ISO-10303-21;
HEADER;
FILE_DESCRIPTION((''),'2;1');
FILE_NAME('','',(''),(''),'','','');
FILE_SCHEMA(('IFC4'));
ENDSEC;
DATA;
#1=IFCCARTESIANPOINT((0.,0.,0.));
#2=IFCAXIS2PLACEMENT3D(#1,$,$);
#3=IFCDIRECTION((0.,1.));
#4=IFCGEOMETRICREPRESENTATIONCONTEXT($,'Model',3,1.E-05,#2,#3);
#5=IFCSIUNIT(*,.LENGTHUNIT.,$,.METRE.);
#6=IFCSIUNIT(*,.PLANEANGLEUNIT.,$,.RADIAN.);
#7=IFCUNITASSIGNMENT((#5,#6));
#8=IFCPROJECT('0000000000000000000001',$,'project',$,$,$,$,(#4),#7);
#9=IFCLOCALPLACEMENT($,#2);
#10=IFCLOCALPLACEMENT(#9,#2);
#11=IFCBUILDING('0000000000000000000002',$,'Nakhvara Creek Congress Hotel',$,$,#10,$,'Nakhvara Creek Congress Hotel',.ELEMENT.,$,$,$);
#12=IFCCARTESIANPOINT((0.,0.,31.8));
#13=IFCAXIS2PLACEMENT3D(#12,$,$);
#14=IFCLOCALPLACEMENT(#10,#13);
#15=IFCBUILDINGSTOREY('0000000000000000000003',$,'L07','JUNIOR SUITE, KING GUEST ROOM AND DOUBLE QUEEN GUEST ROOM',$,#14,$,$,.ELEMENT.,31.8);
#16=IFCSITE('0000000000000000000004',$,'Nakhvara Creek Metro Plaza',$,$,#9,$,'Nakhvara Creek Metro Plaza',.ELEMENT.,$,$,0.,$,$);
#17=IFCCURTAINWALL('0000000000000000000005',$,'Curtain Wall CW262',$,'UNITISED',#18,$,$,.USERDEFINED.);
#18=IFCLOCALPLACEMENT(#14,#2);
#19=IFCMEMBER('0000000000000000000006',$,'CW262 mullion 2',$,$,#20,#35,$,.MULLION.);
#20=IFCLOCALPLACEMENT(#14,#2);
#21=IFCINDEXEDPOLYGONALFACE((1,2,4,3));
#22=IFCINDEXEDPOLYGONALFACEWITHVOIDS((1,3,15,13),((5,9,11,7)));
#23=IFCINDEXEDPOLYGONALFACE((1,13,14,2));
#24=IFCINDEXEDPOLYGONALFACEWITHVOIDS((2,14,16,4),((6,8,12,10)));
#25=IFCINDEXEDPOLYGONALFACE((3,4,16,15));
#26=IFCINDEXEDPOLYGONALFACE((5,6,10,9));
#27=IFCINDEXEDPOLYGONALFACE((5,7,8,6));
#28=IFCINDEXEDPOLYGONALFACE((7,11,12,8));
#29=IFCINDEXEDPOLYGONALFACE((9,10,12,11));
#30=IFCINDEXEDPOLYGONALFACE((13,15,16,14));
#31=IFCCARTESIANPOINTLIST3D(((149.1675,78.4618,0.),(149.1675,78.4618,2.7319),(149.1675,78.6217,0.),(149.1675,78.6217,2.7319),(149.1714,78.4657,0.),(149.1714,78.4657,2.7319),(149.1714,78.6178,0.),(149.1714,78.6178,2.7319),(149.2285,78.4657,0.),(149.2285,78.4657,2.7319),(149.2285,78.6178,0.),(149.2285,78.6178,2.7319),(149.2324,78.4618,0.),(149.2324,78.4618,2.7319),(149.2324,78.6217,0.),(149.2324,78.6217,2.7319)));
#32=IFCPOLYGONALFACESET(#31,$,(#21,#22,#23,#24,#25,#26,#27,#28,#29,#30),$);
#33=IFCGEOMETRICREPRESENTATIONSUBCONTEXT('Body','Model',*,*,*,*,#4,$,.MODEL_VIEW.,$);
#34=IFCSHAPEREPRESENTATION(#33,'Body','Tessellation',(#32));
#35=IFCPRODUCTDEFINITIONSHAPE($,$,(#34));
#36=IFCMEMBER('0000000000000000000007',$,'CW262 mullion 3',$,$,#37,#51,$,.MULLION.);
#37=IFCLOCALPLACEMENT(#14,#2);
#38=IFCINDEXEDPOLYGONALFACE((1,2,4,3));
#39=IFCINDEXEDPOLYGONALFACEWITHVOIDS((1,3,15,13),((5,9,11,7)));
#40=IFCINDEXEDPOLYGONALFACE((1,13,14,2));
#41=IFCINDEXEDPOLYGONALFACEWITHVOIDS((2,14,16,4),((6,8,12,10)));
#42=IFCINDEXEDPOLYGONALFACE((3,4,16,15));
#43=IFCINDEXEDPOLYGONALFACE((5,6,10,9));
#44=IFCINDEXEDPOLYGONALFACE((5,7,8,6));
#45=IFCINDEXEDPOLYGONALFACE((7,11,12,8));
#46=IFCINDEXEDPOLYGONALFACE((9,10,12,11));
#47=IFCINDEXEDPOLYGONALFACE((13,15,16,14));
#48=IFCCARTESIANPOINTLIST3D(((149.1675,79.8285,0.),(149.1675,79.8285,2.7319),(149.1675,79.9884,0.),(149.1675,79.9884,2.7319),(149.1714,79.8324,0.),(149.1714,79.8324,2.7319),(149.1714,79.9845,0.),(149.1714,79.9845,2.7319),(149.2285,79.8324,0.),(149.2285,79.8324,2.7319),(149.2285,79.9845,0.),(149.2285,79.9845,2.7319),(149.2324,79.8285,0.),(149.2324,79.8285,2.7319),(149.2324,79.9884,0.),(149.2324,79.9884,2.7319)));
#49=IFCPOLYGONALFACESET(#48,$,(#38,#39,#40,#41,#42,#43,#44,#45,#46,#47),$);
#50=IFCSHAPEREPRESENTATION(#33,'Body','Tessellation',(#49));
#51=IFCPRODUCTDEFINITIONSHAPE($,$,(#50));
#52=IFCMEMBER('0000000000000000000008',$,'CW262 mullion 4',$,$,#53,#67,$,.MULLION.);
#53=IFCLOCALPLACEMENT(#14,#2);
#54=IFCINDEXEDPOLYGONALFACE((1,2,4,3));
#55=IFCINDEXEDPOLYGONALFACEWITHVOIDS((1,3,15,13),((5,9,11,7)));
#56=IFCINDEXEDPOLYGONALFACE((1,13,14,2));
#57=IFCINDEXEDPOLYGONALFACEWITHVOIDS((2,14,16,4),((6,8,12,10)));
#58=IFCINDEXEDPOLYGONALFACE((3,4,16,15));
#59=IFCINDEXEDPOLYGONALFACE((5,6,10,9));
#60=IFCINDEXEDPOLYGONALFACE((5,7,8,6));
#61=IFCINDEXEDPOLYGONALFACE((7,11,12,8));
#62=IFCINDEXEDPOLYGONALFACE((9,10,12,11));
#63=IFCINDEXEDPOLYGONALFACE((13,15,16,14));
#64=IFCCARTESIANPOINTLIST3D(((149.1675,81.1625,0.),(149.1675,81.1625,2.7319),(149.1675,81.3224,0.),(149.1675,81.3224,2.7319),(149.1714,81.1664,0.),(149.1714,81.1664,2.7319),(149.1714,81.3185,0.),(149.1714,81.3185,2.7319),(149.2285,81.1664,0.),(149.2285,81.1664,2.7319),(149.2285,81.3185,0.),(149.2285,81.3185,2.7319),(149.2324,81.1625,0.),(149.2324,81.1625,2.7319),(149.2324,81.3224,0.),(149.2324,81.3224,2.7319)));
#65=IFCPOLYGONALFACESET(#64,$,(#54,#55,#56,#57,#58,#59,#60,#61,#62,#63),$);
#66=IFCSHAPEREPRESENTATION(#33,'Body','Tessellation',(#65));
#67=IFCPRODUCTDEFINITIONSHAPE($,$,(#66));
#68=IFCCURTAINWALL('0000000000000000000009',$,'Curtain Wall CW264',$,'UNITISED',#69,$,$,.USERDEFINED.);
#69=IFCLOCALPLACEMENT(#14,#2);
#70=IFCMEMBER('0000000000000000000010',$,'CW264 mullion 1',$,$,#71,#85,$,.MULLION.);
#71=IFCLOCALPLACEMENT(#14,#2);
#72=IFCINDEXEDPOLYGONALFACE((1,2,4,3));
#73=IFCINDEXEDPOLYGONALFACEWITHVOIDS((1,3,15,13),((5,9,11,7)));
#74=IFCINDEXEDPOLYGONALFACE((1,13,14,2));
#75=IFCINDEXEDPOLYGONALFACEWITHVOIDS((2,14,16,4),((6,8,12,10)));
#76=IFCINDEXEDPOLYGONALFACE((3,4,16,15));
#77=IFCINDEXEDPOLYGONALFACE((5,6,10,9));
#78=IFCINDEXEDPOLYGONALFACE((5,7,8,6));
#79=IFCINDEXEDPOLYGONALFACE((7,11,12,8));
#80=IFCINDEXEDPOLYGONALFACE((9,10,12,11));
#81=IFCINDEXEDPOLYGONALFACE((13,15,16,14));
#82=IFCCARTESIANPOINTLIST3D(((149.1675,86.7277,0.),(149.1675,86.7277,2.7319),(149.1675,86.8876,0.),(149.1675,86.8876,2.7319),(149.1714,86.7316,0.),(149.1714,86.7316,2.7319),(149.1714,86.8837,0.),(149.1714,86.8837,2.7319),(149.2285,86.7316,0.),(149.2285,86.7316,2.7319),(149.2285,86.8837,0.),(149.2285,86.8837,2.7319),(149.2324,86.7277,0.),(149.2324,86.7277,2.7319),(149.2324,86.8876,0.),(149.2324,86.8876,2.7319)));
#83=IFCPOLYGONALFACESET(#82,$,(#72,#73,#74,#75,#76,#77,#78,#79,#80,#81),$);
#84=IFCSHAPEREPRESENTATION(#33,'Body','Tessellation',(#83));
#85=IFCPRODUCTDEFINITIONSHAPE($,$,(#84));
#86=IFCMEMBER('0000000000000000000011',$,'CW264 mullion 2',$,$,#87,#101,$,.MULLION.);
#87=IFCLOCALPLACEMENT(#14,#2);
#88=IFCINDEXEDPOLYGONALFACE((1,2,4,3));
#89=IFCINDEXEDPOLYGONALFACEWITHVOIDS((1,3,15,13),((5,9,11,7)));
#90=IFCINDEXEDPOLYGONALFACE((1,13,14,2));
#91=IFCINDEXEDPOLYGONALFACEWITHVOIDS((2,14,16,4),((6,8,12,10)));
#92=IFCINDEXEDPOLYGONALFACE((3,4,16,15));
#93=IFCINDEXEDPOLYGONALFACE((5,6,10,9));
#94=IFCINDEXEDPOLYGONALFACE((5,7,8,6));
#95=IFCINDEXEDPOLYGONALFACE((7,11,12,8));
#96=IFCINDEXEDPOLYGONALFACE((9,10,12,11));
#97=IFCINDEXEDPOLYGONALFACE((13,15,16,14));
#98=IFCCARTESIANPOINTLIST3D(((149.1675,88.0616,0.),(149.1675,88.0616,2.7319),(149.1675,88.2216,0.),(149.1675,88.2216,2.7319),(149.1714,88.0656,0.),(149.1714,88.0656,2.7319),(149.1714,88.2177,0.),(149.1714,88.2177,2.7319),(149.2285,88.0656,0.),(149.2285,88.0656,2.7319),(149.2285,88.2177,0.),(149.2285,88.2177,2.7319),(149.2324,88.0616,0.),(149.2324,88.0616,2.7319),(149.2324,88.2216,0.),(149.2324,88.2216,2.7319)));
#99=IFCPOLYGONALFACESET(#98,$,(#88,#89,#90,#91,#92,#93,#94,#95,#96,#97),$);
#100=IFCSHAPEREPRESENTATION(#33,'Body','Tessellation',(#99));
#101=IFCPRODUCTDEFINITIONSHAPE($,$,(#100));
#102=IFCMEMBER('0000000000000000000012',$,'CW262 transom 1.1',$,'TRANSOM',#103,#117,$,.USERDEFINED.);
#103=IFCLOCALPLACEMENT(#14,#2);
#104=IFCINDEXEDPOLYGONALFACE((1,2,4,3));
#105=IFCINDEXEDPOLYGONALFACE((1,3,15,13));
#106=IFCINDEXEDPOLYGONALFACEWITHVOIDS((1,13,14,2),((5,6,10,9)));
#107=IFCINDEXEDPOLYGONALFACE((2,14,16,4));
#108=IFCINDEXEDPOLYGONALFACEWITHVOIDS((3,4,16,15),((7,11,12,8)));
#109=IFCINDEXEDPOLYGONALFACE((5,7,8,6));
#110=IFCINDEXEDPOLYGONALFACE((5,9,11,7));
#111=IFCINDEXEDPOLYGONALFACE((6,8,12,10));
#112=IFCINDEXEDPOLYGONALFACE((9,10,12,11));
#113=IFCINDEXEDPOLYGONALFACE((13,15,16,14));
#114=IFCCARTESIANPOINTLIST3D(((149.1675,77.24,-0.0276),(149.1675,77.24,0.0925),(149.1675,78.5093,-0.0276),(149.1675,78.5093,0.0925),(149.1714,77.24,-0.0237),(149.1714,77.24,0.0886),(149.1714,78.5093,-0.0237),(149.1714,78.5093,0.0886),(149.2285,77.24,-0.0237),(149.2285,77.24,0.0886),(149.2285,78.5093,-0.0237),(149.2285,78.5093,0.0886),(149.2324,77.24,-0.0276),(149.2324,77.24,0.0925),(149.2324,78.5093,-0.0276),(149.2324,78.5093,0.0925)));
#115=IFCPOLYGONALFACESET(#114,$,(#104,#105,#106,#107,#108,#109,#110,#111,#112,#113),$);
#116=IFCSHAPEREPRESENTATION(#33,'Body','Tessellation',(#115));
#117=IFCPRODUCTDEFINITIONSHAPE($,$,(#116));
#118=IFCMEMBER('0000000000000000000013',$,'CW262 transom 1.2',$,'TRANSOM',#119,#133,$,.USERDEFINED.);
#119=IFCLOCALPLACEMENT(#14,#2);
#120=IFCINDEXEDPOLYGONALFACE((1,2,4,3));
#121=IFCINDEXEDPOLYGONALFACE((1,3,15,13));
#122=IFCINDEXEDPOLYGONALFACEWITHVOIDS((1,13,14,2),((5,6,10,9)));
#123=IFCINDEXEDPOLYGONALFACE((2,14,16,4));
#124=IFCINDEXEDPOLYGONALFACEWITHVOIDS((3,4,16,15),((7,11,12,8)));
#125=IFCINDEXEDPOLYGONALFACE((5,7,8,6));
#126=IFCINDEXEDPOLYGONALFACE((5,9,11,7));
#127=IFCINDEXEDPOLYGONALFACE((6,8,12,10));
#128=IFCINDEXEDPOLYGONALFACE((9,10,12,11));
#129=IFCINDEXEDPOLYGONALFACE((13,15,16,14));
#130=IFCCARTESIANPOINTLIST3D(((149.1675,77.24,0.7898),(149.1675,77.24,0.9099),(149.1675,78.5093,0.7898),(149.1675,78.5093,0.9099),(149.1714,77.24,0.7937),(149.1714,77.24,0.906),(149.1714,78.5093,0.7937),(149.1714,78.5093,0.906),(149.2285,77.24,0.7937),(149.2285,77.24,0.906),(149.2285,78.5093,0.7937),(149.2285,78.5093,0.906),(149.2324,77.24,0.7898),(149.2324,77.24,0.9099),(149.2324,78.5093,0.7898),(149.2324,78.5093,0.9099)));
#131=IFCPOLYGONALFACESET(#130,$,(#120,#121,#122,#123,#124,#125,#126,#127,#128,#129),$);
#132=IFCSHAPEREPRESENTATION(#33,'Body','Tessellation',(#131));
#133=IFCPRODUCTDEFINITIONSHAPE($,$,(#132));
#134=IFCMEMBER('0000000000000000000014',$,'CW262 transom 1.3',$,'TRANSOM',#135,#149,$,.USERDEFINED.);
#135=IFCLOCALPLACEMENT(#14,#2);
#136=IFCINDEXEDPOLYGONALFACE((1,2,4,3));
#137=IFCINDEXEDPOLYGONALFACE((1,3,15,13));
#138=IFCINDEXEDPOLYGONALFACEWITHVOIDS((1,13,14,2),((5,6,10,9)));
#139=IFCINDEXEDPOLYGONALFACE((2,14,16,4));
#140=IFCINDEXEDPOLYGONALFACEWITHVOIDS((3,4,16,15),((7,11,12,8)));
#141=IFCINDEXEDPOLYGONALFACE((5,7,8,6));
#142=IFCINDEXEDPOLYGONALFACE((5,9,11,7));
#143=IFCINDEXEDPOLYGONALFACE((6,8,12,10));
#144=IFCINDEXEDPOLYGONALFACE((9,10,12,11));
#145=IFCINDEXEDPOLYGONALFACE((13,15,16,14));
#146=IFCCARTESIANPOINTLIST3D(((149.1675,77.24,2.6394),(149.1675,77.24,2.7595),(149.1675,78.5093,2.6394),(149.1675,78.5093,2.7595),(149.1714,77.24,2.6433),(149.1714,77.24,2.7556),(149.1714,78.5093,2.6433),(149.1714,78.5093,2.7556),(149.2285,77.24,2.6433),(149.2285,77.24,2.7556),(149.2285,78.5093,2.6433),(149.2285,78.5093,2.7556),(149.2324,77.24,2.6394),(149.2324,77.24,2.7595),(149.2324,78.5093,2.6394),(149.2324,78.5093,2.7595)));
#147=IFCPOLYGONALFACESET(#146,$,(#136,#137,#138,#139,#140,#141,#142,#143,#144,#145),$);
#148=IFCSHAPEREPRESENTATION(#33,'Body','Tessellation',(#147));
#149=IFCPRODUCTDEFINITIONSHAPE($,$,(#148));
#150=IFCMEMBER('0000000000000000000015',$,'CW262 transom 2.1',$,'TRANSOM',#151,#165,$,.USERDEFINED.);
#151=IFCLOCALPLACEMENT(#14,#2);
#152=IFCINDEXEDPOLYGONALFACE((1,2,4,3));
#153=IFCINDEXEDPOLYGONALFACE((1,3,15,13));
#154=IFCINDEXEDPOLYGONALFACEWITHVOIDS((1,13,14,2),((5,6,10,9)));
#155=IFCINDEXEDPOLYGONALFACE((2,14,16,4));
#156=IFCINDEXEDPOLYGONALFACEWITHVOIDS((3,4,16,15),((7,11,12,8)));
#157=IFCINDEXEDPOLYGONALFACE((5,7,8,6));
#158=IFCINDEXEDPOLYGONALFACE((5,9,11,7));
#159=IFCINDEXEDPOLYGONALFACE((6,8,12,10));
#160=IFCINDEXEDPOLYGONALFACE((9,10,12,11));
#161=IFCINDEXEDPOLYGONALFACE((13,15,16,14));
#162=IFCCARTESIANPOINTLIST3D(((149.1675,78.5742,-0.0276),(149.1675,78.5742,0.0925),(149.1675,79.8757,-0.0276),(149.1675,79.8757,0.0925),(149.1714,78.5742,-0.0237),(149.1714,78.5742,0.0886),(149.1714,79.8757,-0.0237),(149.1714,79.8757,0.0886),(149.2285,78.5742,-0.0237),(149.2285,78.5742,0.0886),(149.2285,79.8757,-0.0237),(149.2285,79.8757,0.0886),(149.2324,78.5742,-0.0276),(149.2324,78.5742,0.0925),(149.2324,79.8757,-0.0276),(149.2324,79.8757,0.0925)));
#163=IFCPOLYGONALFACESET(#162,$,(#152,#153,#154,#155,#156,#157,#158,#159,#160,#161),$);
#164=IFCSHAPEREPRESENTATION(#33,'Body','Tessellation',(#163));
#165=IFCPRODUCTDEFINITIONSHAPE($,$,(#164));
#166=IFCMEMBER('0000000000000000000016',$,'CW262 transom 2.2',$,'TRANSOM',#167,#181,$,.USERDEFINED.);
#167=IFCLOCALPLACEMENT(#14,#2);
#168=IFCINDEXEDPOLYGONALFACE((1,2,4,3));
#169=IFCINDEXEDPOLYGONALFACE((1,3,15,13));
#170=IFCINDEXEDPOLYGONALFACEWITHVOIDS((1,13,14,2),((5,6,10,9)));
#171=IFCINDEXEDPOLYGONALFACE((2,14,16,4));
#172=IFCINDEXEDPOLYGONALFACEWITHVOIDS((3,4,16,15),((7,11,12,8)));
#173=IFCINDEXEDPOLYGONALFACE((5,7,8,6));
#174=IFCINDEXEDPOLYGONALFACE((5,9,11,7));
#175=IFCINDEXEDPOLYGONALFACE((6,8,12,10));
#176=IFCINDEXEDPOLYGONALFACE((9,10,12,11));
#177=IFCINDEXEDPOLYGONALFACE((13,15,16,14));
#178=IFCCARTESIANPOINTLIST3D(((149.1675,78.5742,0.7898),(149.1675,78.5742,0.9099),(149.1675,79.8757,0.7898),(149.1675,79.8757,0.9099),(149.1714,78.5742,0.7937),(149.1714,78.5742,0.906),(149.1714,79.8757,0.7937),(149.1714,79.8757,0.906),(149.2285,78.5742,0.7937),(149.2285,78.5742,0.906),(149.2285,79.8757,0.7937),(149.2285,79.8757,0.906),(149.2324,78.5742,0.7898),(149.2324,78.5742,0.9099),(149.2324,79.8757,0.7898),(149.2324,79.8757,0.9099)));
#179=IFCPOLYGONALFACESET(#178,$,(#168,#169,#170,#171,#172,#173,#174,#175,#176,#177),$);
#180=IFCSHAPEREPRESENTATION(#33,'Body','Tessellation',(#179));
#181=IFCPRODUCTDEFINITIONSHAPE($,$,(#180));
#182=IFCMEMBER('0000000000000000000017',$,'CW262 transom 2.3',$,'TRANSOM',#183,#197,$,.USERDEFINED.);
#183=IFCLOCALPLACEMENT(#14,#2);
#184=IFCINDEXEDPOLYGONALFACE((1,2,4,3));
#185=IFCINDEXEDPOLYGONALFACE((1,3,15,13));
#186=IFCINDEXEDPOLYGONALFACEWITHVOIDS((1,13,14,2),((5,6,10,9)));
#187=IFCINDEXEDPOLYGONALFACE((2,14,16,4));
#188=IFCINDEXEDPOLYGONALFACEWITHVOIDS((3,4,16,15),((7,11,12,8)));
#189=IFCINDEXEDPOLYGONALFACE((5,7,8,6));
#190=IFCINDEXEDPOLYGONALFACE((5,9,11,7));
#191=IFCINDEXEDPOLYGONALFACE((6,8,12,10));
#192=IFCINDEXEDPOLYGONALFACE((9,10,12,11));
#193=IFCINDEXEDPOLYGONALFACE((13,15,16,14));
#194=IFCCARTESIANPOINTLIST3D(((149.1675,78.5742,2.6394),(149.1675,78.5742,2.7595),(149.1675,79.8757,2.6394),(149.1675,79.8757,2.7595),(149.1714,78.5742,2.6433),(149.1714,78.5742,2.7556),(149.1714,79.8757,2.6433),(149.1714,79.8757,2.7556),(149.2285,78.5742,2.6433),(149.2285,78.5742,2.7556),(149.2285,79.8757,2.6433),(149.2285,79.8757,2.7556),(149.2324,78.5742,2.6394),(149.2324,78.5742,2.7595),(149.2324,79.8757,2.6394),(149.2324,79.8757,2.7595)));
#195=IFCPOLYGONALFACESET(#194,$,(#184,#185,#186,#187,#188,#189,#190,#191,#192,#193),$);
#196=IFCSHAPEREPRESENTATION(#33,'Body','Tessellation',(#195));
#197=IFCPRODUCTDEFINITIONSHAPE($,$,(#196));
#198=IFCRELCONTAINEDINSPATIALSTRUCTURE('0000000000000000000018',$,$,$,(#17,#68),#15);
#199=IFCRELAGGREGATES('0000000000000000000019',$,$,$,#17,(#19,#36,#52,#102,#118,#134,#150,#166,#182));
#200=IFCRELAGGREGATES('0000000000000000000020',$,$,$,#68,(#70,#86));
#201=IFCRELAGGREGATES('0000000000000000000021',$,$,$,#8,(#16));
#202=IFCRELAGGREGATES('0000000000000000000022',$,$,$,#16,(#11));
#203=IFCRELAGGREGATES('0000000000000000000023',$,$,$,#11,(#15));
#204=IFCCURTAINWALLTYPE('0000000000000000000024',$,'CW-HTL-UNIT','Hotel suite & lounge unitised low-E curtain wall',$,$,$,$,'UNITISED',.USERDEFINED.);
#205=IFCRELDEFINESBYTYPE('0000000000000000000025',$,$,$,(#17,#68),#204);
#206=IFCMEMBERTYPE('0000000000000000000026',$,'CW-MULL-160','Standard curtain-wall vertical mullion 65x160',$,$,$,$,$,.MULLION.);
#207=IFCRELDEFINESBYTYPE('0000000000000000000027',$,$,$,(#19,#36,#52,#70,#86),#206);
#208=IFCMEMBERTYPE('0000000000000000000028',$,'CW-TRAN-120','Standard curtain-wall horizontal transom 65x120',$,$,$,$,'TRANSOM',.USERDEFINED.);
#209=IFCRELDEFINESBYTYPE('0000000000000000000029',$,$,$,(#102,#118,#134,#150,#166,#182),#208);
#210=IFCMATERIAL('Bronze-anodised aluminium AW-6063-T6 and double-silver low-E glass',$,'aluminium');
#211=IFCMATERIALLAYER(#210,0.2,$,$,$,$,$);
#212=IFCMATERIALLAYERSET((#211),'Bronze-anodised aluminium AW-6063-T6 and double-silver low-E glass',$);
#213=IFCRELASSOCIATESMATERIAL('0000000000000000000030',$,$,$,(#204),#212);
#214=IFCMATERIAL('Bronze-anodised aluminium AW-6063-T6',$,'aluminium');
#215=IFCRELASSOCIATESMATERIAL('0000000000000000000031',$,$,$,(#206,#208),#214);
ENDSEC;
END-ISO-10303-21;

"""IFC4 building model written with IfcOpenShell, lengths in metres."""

from ifc_helpers import new_model, si_unit, direction, frame, origin, origin_2d, place, context, subcontext, project, spatial, hollow_rectangle, extrude, material, layer, layer_set, material_profile, profile_set, type_object, element, aggregate, save


model = new_model("IFC4")

# Units and contexts
model_context = context("Model", 3, precision=1e-05, world=origin(), true_north=direction((0.0, 1.0)))
body_context = subcontext(model_context, "Body", "Model", "MODEL_VIEW")
ifc_project = project(units=[si_unit("LENGTHUNIT", "METRE"), si_unit("PLANEANGLEUNIT", "RADIAN")], contexts=[model_context])

# Site, building, storey
site_placement = place(None, origin())
site = spatial("IfcSite", under=ifc_project, at=site_placement, Name="Nakhvara Creek Metro Plaza", LongName="Nakhvara Creek Metro Plaza", CompositionType="ELEMENT", RefElevation=0.0)
building_placement = place(site_placement, origin())
building = spatial("IfcBuilding", under=site, at=building_placement, Name="Nakhvara Creek Congress Hotel", LongName="Nakhvara Creek Congress Hotel", CompositionType="ELEMENT")
storey_placement = place(building_placement, frame((0.0, 0.0, 31.8)))
storey = spatial("IfcBuildingStorey", under=building, at=storey_placement, Name="L07", Description="JUNIOR SUITE, KING GUEST ROOM AND DOUBLE QUEEN GUEST ROOM", CompositionType="ELEMENT", Elevation=31.8)

# Curtain walls, members
ifc_material_1 = material(Name="Bronze-anodised aluminium AW-6063-T6 and double-silver low-E glass", Category="aluminium")
ifc_layer = layer(ifc_material_1, 0.2)
ifc_layer_set = layer_set([ifc_layer], Name="Bronze-anodised aluminium AW-6063-T6 and double-silver low-E glass")
curtain_wall_type = type_object("IfcCurtainWallType", Name="CW-HTL-UNIT", Description="Hotel suite & lounge unitised low-E curtain wall", ElementType="UNITISED", PredefinedType="USERDEFINED", material=ifc_layer_set)
curtain_wall_1_placement = place(storey_placement, origin())
curtain_wall_1 = element("IfcCurtainWall", 1, at=curtain_wall_1_placement, inside=storey, type_object=curtain_wall_type, Name="Curtain Wall CW262", ObjectType="UNITISED", PredefinedType="USERDEFINED")
ifc_material_2 = material(Name="Bronze-anodised aluminium AW-6063-T6", Category="aluminium")
ifc_material_profile_1 = material_profile(ifc_material_2, hollow_rectangle(XDim=0.0649, YDim=0.1599, WallThickness=0.0039, at=origin_2d()), Name="ALU-MULL 65x160x4", Category="LoadBearing")
ifc_profile_set_1 = profile_set([ifc_material_profile_1], Name="Bronze-anodised aluminium AW-6063-T6")
member_type_1 = type_object("IfcMemberType", Name="CW-MULL-160", Description="Standard curtain-wall vertical mullion 65x160", PredefinedType="MULLION", material=ifc_profile_set_1)
member_1_placement = place(storey_placement, frame((149.2, 78.5417, 0.0), z_axis=(0.0, 0.0, 1.0), x_axis=(-1.0, 0.0, 0.0)))
member_1 = element("IfcMember", 2, at=member_1_placement, type_object=member_type_1, Name="CW262 mullion 2", PredefinedType="MULLION", context=body_context, shape_type="SweptSolid", body=[
    extrude(hollow_rectangle(XDim=0.0649, YDim=0.1599, WallThickness=0.0039, at=origin_2d()), origin(), (0.0, 0.0, 1.0), 2.7319),
])
member_2_placement = place(storey_placement, frame((149.2, 79.9084, 0.0), z_axis=(0.0, 0.0, 1.0), x_axis=(-1.0, 0.0, 0.0)))
member_2 = element("IfcMember", 3, at=member_2_placement, type_object=member_type_1, Name="CW262 mullion 3", PredefinedType="MULLION", context=body_context, shape_type="SweptSolid", body=[
    extrude(hollow_rectangle(XDim=0.0649, YDim=0.1599, WallThickness=0.0039, at=origin_2d()), origin(), (0.0, 0.0, 1.0), 2.7319),
])
member_3_placement = place(storey_placement, frame((149.2, 81.2424, 0.0), z_axis=(0.0, 0.0, 1.0), x_axis=(-1.0, 0.0, 0.0)))
member_3 = element("IfcMember", 4, at=member_3_placement, type_object=member_type_1, Name="CW262 mullion 4", PredefinedType="MULLION", context=body_context, shape_type="SweptSolid", body=[
    extrude(hollow_rectangle(XDim=0.0649, YDim=0.1599, WallThickness=0.0039, at=origin_2d()), origin(), (0.0, 0.0, 1.0), 2.7319),
])
curtain_wall_2_placement = place(storey_placement, origin())
curtain_wall_2 = element("IfcCurtainWall", 5, at=curtain_wall_2_placement, inside=storey, type_object=curtain_wall_type, Name="Curtain Wall CW264", ObjectType="UNITISED", PredefinedType="USERDEFINED")
member_4_placement = place(storey_placement, frame((149.2, 86.8076, 0.0), z_axis=(0.0, 0.0, 1.0), x_axis=(-1.0, 0.0, 0.0)))
member_4 = element("IfcMember", 6, at=member_4_placement, type_object=member_type_1, Name="CW264 mullion 1", PredefinedType="MULLION", context=body_context, shape_type="SweptSolid", body=[
    extrude(hollow_rectangle(XDim=0.0649, YDim=0.1599, WallThickness=0.0039, at=origin_2d()), origin(), (0.0, 0.0, 1.0), 2.7319),
])
member_5_placement = place(storey_placement, frame((149.2, 88.1416, 0.0), z_axis=(0.0, 0.0, 1.0), x_axis=(-1.0, 0.0, 0.0)))
member_5 = element("IfcMember", 7, at=member_5_placement, type_object=member_type_1, Name="CW264 mullion 2", PredefinedType="MULLION", context=body_context, shape_type="SweptSolid", body=[
    extrude(hollow_rectangle(XDim=0.0649, YDim=0.1599, WallThickness=0.0039, at=origin_2d()), origin(), (0.0, 0.0, 1.0), 2.7319),
])

# Members
ifc_material_profile_2 = material_profile(ifc_material_2, hollow_rectangle(XDim=0.0649, YDim=0.1201, WallThickness=0.0039, at=origin_2d()), Name="ALU-TRAN 65x120x4", Category="LoadBearing")
ifc_profile_set_2 = profile_set([ifc_material_profile_2], Name="Bronze-anodised aluminium AW-6063-T6")
member_type_2 = type_object("IfcMemberType", Name="CW-TRAN-120", Description="Standard curtain-wall horizontal transom 65x120", ElementType="TRANSOM", PredefinedType="USERDEFINED", material=ifc_profile_set_2)
member_6_placement = place(storey_placement, frame((149.2, 77.24, 0.0325), z_axis=(0.0, 1.0, 0.0), x_axis=(-1.0, 0.0, 0.0)))
member_6 = element("IfcMember", 8, at=member_6_placement, type_object=member_type_2, Name="CW262 transom 1.1", ObjectType="TRANSOM", PredefinedType="USERDEFINED", context=body_context, shape_type="SweptSolid", body=[
    extrude(hollow_rectangle(XDim=0.0649, YDim=0.1201, WallThickness=0.0039, at=origin_2d()), origin(), (0.0, 0.0, 1.0), 1.2693),
])
member_7_placement = place(storey_placement, frame((149.2, 77.24, 0.8499), z_axis=(0.0, 1.0, 0.0), x_axis=(-1.0, 0.0, 0.0)))
member_7 = element("IfcMember", 9, at=member_7_placement, type_object=member_type_2, Name="CW262 transom 1.2", ObjectType="TRANSOM", PredefinedType="USERDEFINED", context=body_context, shape_type="SweptSolid", body=[
    extrude(hollow_rectangle(XDim=0.0649, YDim=0.1201, WallThickness=0.0039, at=origin_2d()), origin(), (0.0, 0.0, 1.0), 1.2693),
])
member_8_placement = place(storey_placement, frame((149.2, 77.24, 2.6995), z_axis=(0.0, 1.0, 0.0), x_axis=(-1.0, 0.0, 0.0)))
member_8 = element("IfcMember", 10, at=member_8_placement, type_object=member_type_2, Name="CW262 transom 1.3", ObjectType="TRANSOM", PredefinedType="USERDEFINED", context=body_context, shape_type="SweptSolid", body=[
    extrude(hollow_rectangle(XDim=0.0649, YDim=0.1201, WallThickness=0.0039, at=origin_2d()), origin(), (0.0, 0.0, 1.0), 1.2693),
])
member_9_placement = place(storey_placement, frame((149.2, 78.5742, 0.0325), z_axis=(0.0, 1.0, 0.0), x_axis=(-1.0, 0.0, 0.0)))
member_9 = element("IfcMember", 11, at=member_9_placement, type_object=member_type_2, Name="CW262 transom 2.1", ObjectType="TRANSOM", PredefinedType="USERDEFINED", context=body_context, shape_type="SweptSolid", body=[
    extrude(hollow_rectangle(XDim=0.0649, YDim=0.1201, WallThickness=0.0039, at=origin_2d()), origin(), (0.0, 0.0, 1.0), 1.3015),
])
member_10_placement = place(storey_placement, frame((149.2, 78.5742, 0.8499), z_axis=(0.0, 1.0, 0.0), x_axis=(-1.0, 0.0, 0.0)))
member_10 = element("IfcMember", 12, at=member_10_placement, type_object=member_type_2, Name="CW262 transom 2.2", ObjectType="TRANSOM", PredefinedType="USERDEFINED", context=body_context, shape_type="SweptSolid", body=[
    extrude(hollow_rectangle(XDim=0.0649, YDim=0.1201, WallThickness=0.0039, at=origin_2d()), origin(), (0.0, 0.0, 1.0), 1.3015),
])
member_11_placement = place(storey_placement, frame((149.2, 78.5742, 2.6995), z_axis=(0.0, 1.0, 0.0), x_axis=(-1.0, 0.0, 0.0)))
member_11 = element("IfcMember", 13, at=member_11_placement, type_object=member_type_2, Name="CW262 transom 2.3", ObjectType="TRANSOM", PredefinedType="USERDEFINED", context=body_context, shape_type="SweptSolid", body=[
    extrude(hollow_rectangle(XDim=0.0649, YDim=0.1201, WallThickness=0.0039, at=origin_2d()), origin(), (0.0, 0.0, 1.0), 1.3015),
])

aggregate(curtain_wall_1, [member_1, member_2, member_3, member_6, member_7, member_8, member_9, member_10, member_11])
aggregate(curtain_wall_2, [member_4, member_5])

save(model, "model.ifc")
